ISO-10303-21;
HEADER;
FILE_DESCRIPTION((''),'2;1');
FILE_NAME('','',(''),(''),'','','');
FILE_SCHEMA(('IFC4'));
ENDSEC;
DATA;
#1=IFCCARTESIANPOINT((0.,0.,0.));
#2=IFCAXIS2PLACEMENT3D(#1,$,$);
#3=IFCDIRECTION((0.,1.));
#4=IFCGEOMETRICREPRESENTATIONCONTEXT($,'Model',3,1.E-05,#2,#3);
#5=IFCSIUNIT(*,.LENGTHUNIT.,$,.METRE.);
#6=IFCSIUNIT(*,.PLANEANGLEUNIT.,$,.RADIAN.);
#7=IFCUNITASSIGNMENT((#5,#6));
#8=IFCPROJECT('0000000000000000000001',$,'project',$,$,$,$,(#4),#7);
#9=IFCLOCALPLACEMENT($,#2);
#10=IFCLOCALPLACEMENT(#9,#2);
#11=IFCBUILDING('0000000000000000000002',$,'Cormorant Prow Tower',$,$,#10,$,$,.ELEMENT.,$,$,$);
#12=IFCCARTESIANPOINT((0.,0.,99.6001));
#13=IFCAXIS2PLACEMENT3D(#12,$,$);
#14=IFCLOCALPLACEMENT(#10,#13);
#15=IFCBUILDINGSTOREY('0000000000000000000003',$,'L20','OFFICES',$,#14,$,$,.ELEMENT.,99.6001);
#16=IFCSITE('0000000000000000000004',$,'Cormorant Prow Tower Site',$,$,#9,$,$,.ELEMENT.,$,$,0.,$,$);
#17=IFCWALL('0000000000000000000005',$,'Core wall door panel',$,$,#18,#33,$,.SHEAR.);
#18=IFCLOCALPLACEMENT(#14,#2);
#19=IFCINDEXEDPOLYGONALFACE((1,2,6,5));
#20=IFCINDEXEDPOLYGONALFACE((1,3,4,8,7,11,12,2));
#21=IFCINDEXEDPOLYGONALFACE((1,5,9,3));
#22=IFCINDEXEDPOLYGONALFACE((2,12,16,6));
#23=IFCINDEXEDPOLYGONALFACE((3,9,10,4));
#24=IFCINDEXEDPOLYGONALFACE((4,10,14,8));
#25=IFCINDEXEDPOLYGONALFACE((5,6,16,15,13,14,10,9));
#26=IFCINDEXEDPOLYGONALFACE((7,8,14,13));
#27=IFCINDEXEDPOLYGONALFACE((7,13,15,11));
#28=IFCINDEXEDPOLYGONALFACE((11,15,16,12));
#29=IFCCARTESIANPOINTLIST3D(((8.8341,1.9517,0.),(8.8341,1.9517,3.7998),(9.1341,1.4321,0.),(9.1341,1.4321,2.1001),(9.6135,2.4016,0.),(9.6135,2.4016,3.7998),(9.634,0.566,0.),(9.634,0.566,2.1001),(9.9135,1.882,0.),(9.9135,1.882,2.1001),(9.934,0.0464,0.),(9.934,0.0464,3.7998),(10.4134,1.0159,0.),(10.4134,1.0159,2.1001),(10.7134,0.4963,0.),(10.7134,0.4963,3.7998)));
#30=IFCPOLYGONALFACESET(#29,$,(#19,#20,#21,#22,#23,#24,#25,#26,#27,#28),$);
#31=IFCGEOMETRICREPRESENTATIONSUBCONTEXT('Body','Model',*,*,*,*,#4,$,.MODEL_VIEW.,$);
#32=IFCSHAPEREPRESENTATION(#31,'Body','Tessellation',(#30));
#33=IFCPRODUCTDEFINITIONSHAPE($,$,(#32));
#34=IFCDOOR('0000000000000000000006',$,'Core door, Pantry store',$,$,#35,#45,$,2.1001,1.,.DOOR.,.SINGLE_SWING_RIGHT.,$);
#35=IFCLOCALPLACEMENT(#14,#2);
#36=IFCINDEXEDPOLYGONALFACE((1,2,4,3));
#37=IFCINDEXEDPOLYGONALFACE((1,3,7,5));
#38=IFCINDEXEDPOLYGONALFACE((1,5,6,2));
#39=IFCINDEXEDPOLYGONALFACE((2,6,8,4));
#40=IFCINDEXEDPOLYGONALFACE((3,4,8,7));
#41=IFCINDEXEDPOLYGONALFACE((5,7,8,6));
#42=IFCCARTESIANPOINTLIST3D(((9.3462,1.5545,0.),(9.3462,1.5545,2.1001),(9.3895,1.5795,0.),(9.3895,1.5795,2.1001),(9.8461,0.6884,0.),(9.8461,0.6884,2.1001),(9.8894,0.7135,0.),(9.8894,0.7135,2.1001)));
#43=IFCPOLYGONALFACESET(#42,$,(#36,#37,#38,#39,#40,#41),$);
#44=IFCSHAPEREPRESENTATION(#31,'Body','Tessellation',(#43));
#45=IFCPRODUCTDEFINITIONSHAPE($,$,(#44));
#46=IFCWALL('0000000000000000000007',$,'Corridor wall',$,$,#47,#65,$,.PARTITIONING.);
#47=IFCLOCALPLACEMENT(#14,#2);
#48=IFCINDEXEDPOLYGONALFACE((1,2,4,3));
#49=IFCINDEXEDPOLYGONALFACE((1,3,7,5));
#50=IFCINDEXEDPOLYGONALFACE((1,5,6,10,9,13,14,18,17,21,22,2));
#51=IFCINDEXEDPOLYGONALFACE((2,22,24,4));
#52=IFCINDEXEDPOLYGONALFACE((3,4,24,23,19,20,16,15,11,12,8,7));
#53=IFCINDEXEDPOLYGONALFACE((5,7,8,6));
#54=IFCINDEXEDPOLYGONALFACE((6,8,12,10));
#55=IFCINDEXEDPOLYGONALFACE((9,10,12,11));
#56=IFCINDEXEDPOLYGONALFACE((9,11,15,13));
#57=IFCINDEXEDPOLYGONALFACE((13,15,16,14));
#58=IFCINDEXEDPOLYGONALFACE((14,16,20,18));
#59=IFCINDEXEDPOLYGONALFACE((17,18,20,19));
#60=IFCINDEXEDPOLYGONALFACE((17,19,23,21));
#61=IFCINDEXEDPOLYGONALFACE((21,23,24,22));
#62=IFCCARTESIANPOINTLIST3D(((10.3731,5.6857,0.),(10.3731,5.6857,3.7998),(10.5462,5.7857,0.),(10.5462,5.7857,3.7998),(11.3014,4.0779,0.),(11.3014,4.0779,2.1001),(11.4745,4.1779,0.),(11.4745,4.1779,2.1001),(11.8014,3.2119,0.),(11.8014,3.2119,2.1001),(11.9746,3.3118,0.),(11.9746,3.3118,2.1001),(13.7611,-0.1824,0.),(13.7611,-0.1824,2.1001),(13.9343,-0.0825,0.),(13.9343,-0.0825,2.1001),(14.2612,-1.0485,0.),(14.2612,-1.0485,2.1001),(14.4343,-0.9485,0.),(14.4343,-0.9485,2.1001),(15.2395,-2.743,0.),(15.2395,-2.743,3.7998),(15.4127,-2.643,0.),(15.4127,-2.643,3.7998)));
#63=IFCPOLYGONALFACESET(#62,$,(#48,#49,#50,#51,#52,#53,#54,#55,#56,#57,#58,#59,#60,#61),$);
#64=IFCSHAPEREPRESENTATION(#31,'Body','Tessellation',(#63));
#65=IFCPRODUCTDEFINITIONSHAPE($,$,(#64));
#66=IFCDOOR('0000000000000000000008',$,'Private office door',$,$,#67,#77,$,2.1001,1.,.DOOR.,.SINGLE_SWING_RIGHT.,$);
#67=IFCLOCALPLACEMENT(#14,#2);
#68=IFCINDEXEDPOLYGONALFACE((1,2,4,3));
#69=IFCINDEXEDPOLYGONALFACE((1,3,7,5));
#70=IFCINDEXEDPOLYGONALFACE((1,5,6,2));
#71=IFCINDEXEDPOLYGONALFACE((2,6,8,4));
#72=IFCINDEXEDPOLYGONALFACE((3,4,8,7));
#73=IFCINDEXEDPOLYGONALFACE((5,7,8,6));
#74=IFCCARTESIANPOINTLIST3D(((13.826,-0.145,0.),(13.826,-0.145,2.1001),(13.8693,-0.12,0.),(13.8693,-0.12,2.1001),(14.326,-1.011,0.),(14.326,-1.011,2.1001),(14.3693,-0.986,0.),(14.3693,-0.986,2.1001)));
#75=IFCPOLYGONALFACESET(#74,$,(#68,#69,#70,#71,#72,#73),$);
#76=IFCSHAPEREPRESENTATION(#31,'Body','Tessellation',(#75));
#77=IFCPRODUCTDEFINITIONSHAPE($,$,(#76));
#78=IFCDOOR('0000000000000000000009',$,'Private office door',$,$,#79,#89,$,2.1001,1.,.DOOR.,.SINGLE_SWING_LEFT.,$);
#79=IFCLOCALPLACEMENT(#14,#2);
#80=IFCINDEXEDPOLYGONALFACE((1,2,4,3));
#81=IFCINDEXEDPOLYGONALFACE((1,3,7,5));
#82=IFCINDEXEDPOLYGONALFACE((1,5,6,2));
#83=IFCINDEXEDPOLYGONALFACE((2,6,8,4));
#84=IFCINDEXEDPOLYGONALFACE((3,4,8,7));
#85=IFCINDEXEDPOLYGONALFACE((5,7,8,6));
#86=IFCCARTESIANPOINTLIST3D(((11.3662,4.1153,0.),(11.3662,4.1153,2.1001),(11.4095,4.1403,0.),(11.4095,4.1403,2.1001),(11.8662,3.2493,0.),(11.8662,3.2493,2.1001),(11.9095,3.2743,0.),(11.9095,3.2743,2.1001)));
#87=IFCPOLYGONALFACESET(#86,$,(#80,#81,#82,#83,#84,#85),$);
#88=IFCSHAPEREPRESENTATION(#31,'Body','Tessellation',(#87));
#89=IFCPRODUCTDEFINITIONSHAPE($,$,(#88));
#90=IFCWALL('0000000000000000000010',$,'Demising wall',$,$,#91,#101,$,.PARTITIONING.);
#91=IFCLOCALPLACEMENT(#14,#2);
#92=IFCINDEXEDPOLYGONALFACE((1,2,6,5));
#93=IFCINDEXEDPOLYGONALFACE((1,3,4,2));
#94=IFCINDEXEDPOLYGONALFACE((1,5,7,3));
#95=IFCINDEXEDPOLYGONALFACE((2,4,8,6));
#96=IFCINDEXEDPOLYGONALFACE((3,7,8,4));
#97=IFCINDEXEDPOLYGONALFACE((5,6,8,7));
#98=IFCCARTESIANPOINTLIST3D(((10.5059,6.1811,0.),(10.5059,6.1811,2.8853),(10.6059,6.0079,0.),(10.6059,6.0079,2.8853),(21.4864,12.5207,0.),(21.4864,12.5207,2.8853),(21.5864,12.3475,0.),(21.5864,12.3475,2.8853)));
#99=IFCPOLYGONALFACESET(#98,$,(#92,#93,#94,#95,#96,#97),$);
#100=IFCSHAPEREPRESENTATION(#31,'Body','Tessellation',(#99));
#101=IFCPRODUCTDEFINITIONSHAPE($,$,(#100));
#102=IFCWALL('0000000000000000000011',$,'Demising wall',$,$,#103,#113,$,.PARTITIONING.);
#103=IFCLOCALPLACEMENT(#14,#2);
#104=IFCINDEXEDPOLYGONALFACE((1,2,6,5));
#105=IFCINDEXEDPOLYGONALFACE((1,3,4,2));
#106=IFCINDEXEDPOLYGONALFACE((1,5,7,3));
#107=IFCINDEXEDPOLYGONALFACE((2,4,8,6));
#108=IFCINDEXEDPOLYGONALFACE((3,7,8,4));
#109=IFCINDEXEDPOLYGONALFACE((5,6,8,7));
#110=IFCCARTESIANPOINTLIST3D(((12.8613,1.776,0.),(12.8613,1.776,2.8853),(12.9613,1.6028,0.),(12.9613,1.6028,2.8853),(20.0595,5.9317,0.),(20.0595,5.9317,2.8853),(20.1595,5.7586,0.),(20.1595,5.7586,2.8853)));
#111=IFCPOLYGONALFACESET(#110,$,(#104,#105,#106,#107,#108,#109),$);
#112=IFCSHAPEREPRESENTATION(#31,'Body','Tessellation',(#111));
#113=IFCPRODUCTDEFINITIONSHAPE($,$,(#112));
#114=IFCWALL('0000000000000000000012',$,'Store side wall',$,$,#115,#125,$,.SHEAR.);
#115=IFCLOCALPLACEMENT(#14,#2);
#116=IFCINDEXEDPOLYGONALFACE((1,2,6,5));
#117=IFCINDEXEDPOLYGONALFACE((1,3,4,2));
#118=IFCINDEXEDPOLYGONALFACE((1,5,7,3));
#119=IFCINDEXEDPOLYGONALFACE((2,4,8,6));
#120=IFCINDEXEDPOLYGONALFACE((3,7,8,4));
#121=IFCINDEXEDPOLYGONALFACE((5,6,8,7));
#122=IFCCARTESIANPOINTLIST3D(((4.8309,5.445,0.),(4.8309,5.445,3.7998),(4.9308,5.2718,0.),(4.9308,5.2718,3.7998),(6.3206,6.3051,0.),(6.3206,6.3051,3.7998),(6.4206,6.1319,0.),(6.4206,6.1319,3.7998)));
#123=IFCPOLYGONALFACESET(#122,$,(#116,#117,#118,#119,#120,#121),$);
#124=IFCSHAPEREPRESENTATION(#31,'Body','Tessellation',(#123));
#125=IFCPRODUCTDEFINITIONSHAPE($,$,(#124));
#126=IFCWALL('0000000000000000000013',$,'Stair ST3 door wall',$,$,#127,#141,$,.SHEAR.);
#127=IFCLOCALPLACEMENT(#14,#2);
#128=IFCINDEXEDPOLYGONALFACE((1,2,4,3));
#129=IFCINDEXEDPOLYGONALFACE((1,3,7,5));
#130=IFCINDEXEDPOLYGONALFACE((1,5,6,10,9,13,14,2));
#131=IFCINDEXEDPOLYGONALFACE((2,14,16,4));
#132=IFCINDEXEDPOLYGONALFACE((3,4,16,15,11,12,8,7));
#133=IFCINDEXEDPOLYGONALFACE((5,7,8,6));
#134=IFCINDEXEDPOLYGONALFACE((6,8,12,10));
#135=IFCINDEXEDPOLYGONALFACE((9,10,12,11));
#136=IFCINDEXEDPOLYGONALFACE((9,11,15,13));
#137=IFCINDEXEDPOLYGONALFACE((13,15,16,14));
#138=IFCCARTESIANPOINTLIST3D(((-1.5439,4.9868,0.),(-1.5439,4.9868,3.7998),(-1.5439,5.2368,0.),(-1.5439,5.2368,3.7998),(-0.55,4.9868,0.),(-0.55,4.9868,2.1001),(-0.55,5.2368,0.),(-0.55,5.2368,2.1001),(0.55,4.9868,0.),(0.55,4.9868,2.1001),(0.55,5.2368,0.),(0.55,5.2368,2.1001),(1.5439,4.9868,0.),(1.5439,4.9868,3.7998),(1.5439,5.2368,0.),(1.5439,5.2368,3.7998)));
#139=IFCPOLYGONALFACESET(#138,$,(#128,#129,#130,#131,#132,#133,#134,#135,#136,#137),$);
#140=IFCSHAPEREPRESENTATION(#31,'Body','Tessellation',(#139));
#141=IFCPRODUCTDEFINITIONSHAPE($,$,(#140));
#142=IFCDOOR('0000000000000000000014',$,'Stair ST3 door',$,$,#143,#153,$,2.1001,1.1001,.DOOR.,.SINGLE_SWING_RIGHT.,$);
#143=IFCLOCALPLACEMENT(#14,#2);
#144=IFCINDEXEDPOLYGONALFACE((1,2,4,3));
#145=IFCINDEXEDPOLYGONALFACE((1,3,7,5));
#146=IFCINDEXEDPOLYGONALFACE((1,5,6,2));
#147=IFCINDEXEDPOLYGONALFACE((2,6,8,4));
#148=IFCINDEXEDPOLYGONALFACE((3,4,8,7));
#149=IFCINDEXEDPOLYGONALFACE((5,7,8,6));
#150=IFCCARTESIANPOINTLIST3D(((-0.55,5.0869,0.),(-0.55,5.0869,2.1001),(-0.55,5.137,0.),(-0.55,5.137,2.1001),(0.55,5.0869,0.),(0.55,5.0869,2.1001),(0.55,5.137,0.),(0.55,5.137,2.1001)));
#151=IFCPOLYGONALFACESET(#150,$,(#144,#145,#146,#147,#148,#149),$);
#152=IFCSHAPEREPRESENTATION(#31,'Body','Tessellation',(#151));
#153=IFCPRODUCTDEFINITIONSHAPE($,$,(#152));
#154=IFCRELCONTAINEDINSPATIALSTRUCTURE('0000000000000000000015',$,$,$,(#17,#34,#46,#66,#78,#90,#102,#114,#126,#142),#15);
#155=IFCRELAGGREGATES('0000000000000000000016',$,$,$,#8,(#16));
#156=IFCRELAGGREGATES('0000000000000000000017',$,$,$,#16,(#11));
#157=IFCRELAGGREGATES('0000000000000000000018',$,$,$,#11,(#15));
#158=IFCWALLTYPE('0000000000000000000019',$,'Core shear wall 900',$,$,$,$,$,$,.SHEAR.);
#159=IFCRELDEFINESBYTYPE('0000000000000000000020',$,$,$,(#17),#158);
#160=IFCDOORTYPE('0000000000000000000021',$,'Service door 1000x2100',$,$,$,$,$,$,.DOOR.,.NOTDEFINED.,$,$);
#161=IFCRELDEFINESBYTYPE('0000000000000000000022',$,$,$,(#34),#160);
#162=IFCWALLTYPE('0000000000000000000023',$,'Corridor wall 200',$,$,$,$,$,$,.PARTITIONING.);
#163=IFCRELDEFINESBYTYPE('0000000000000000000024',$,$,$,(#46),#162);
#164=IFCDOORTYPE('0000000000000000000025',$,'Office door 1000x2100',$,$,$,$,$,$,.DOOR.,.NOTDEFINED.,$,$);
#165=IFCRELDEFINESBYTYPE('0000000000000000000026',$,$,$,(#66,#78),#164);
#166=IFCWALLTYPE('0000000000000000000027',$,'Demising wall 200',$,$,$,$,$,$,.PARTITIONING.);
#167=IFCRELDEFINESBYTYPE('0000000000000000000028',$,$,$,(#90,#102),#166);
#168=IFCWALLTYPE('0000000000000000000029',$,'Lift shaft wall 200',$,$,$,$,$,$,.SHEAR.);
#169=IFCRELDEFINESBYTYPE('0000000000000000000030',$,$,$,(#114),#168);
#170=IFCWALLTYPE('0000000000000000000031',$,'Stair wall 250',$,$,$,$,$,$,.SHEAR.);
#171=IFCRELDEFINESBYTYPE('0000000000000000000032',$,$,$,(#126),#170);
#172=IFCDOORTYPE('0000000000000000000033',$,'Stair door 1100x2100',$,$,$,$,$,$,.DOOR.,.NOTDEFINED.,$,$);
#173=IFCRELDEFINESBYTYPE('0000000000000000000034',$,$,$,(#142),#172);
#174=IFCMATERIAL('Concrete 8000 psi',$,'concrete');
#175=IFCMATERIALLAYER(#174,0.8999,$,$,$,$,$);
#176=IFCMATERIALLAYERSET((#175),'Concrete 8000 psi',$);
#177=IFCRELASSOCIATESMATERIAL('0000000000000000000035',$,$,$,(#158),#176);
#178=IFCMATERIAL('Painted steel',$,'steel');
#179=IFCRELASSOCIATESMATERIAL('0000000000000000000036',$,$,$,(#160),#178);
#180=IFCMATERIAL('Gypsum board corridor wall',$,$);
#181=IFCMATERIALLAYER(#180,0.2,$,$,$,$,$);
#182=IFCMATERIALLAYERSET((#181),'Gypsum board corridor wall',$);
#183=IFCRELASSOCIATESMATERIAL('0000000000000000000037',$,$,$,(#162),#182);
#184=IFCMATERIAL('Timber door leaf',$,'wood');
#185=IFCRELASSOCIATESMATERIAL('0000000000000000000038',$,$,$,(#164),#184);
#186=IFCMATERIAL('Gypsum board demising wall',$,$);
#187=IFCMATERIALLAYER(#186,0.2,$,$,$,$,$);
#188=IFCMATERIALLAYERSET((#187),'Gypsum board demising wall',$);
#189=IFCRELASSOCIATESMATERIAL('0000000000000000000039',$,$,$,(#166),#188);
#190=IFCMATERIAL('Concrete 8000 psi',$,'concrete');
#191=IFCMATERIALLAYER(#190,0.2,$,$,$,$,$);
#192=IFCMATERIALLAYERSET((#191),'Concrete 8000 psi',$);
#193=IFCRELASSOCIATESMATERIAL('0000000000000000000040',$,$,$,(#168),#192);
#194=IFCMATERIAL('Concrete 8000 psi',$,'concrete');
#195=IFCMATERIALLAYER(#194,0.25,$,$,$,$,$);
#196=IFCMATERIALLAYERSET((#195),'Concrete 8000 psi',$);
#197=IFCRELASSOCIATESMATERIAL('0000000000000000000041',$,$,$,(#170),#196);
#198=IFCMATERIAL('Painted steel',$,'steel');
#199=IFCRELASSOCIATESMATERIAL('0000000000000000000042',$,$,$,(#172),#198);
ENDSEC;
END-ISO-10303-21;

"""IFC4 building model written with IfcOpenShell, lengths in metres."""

from ifc_helpers import new_model, si_unit, direction, frame, frame_2d, origin, place, context, subcontext, project, spatial, rectangle, extrude, material, layer, layer_set, type_object, element, fill, save


model = new_model("IFC4")

# Units and contexts
model_context = context("Model", 3, precision=1e-05, world=origin(), true_north=direction((0.0, 1.0)))
body_context = subcontext(model_context, "Body", "Model", "MODEL_VIEW")
ifc_project = project(units=[si_unit("LENGTHUNIT", "METRE"), si_unit("PLANEANGLEUNIT", "RADIAN")], contexts=[model_context])

# Site, building, storey
site_placement = place(None, origin())
site = spatial("IfcSite", under=ifc_project, at=site_placement, Name="Cormorant Prow Tower Site", CompositionType="ELEMENT", RefElevation=0.0)
building_placement = place(site_placement, origin())
building = spatial("IfcBuilding", under=site, at=building_placement, Name="Cormorant Prow Tower", CompositionType="ELEMENT")
storey_placement = place(building_placement, frame((0.0, 0.0, 99.6001)))
storey = spatial("IfcBuildingStorey", under=building, at=storey_placement, Name="L20", Description="OFFICES", CompositionType="ELEMENT", Elevation=99.6001)

# Shared definitions
ifc_material_1 = material(Name="Concrete 8000 psi", Category="concrete")
ifc_layer_1 = layer(ifc_material_1, 0.8999)
ifc_layer_set_1 = layer_set([ifc_layer_1], Name="Concrete 8000 psi")
wall_type_1 = type_object("IfcWallType", Name="Core shear wall 900", PredefinedType="SHEAR", material=ifc_layer_set_1)

# Wall, opening, door
wall_1_placement = place(storey_placement, frame((10.3237, 0.2712, 0.0), z_axis=(0.0, 0.0, 1.0), x_axis=(-0.499947, 0.866056, 0.0)))
wall_1 = element("IfcWall", 1, at=wall_1_placement, inside=storey, type_object=wall_type_1, Name="Core wall door panel", PredefinedType="SHEAR", context=body_context, shape_type="SweptSolid", body=[
    extrude(rectangle(XDim=2.2, YDim=0.8999, at=frame_2d((1.1001, 0.0))), origin(), (0.0, 0.0, 1.0), 3.7998),
])
opening_1_placement = place(wall_1_placement, frame((0.6001, 0.0, 0.0)))
opening_1 = element("IfcOpeningElement", 2, at=opening_1_placement, cuts=wall_1, PredefinedType="OPENING", context=body_context, shape_type="SweptSolid", body=[
    extrude(rectangle(XDim=1.0, YDim=2.1001, at=frame_2d((0.5, 1.05))), frame((0.0, 0.46, 0.0), z_axis=(0.0, -1.0, 0.0), x_axis=(1.0, 0.0, 0.0)), (0.0, 0.0, 1.0), 0.9199),
])
ifc_material_2 = material(Name="Painted steel", Category="steel")
door_type_1 = type_object("IfcDoorType", Name="Service door 1000x2100", OperationType="NOTDEFINED", PredefinedType="DOOR", material=ifc_material_2)
door_1_placement = place(opening_1_placement, origin())
door_1 = element("IfcDoor", 3, at=door_1_placement, inside=storey, type_object=door_type_1, Name="Core door, Pantry store", OperationType="SINGLE_SWING_RIGHT", OverallHeight=2.1001, OverallWidth=1.0, PredefinedType="DOOR", context=body_context, shape_type="SweptSolid", body=[
    extrude(rectangle(XDim=1.0, YDim=2.1001, at=frame_2d((0.5, 1.05))), frame((0.0, 0.2051, 0.0), z_axis=(0.0, -1.0, 0.0), x_axis=(1.0, 0.0, 0.0)), (0.0, 0.0, 1.0), 0.05),
])
fill(opening_1, door_1)

# Wall, openings, doors
ifc_material_3 = material(Name="Gypsum board corridor wall")
ifc_layer_2 = layer(ifc_material_3, 0.2)
ifc_layer_set_2 = layer_set([ifc_layer_2], Name="Gypsum board corridor wall")
wall_type_2 = type_object("IfcWallType", Name="Corridor wall 200", PredefinedType="PARTITIONING", material=ifc_layer_set_2)
wall_2_placement = place(storey_placement, frame((10.4597, 5.7356, 0.0), z_axis=(0.0, 0.0, 1.0), x_axis=(0.500011, -0.866019, 0.0)))
wall_2 = element("IfcWall", 4, at=wall_2_placement, inside=storey, type_object=wall_type_2, Name="Corridor wall", PredefinedType="PARTITIONING", context=body_context, shape_type="SweptSolid", body=[
    extrude(rectangle(XDim=9.7327, YDim=0.2, at=frame_2d((4.8662, 0.0))), origin(), (0.0, 0.0, 1.0), 3.7998),
])
opening_2_placement = place(wall_2_placement, frame((6.7759, 0.0, 0.0)))
opening_2 = element("IfcOpeningElement", 5, at=opening_2_placement, cuts=wall_2, PredefinedType="OPENING", context=body_context, shape_type="SweptSolid", body=[
    extrude(rectangle(XDim=1.0, YDim=2.1001, at=frame_2d((0.5, 1.05))), frame((0.0, 0.1099, 0.0), z_axis=(0.0, -1.0, 0.0), x_axis=(1.0, 0.0, 0.0)), (0.0, 0.0, 1.0), 0.22),
])
opening_3_placement = place(wall_2_placement, frame((1.8564, 0.0, 0.0)))
opening_3 = element("IfcOpeningElement", 6, at=opening_3_placement, cuts=wall_2, PredefinedType="OPENING", context=body_context, shape_type="SweptSolid", body=[
    extrude(rectangle(XDim=1.0, YDim=2.1001, at=frame_2d((0.5, 1.05))), frame((0.0, 0.1099, 0.0), z_axis=(0.0, -1.0, 0.0), x_axis=(1.0, 0.0, 0.0)), (0.0, 0.0, 1.0), 0.22),
])
ifc_material_4 = material(Name="Timber door leaf", Category="wood")
door_type_2 = type_object("IfcDoorType", Name="Office door 1000x2100", OperationType="NOTDEFINED", PredefinedType="DOOR", material=ifc_material_4)
door_2_placement = place(opening_2_placement, origin())
door_2 = element("IfcDoor", 7, at=door_2_placement, inside=storey, type_object=door_type_2, Name="Private office door", OperationType="SINGLE_SWING_RIGHT", OverallHeight=2.1001, OverallWidth=1.0, PredefinedType="DOOR", context=body_context, shape_type="SweptSolid", body=[
    extrude(rectangle(XDim=1.0, YDim=2.1001, at=frame_2d((0.5, 1.05))), frame((0.0, 0.0249, 0.0), z_axis=(0.0, -1.0, 0.0), x_axis=(1.0, 0.0, 0.0)), (0.0, 0.0, 1.0), 0.05),
])
fill(opening_2, door_2)
door_3_placement = place(opening_3_placement, origin())
door_3 = element("IfcDoor", 8, at=door_3_placement, inside=storey, type_object=door_type_2, Name="Private office door", OperationType="SINGLE_SWING_LEFT", OverallHeight=2.1001, OverallWidth=1.0, PredefinedType="DOOR", context=body_context, shape_type="SweptSolid", body=[
    extrude(rectangle(XDim=1.0, YDim=2.1001, at=frame_2d((0.5, 1.05))), frame((0.0, 0.0249, 0.0), z_axis=(0.0, -1.0, 0.0), x_axis=(1.0, 0.0, 0.0)), (0.0, 0.0, 1.0), 0.05),
])
fill(opening_3, door_3)

# Walls
ifc_material_5 = material(Name="Gypsum board demising wall")
ifc_layer_3 = layer(ifc_material_5, 0.2)
ifc_layer_set_3 = layer_set([ifc_layer_3], Name="Gypsum board demising wall")
wall_type_3 = type_object("IfcWallType", Name="Demising wall 200", PredefinedType="PARTITIONING", material=ifc_layer_set_3)
wall_3_placement = place(storey_placement, frame((10.5559, 6.0945, 0.0), z_axis=(0.0, 0.0, 1.0), x_axis=(0.866025, 0.500001, 0.0)))
element("IfcWall", 9, at=wall_3_placement, inside=storey, type_object=wall_type_3, Name="Demising wall", PredefinedType="PARTITIONING", context=body_context, shape_type="SweptSolid", body=[
    extrude(rectangle(XDim=12.6792, YDim=0.2, at=frame_2d((6.3396, 0.0))), origin(), (0.0, 0.0, 1.0), 2.8853),
])
wall_4_placement = place(storey_placement, frame((12.9114, 1.6895, 0.0), z_axis=(0.0, 0.0, 1.0), x_axis=(0.866033, 0.499987, 0.0)))
element("IfcWall", 10, at=wall_4_placement, inside=storey, type_object=wall_type_3, Name="Demising wall", PredefinedType="PARTITIONING", context=body_context, shape_type="SweptSolid", body=[
    extrude(rectangle(XDim=8.3118, YDim=0.2, at=frame_2d((4.1558, 0.0))), origin(), (0.0, 0.0, 1.0), 2.8853),
])
ifc_material_6 = material(Name="Concrete 8000 psi", Category="concrete")
ifc_layer_4 = layer(ifc_material_6, 0.2)
ifc_layer_set_4 = layer_set([ifc_layer_4], Name="Concrete 8000 psi")
wall_type_4 = type_object("IfcWallType", Name="Lift shaft wall 200", PredefinedType="SHEAR", material=ifc_layer_set_4)
wall_5_placement = place(storey_placement, frame((4.8809, 5.3584, 0.0), z_axis=(0.0, 0.0, 1.0), x_axis=(0.866025, 0.500001, 0.0)))
element("IfcWall", 11, at=wall_5_placement, inside=storey, type_object=wall_type_4, Name="Store side wall", PredefinedType="SHEAR", context=body_context, shape_type="SweptSolid", body=[
    extrude(rectangle(XDim=1.7202, YDim=0.2, at=frame_2d((0.8601, 0.0))), origin(), (0.0, 0.0, 1.0), 3.7998),
])

# Wall, opening, door
ifc_material_7 = material(Name="Concrete 8000 psi", Category="concrete")
ifc_layer_5 = layer(ifc_material_7, 0.25)
ifc_layer_set_5 = layer_set([ifc_layer_5], Name="Concrete 8000 psi")
wall_type_5 = type_object("IfcWallType", Name="Stair wall 250", PredefinedType="SHEAR", material=ifc_layer_set_5)
wall_6_placement = place(storey_placement, frame((1.5439, 5.1118, 0.0), z_axis=(0.0, 0.0, 1.0), x_axis=(-1.0, 0.0, 0.0)))
wall_6 = element("IfcWall", 12, at=wall_6_placement, inside=storey, type_object=wall_type_5, Name="Stair ST3 door wall", PredefinedType="SHEAR", context=body_context, shape_type="SweptSolid", body=[
    extrude(rectangle(XDim=3.0879, YDim=0.25, at=frame_2d((1.5439, 0.0))), origin(), (0.0, 0.0, 1.0), 3.7998),
])
opening_4_placement = place(wall_6_placement, frame((0.9939, 0.0, 0.0)))
opening_4 = element("IfcOpeningElement", 13, at=opening_4_placement, cuts=wall_6, PredefinedType="OPENING", context=body_context, shape_type="SweptSolid", body=[
    extrude(rectangle(XDim=1.1001, YDim=2.1001, at=frame_2d((0.55, 1.05))), frame((0.0, 0.135, 0.0), z_axis=(0.0, -1.0, 0.0), x_axis=(1.0, 0.0, 0.0)), (0.0, 0.0, 1.0), 0.27),
])
ifc_material_8 = material(Name="Painted steel", Category="steel")
door_type_3 = type_object("IfcDoorType", Name="Stair door 1100x2100", OperationType="NOTDEFINED", PredefinedType="DOOR", material=ifc_material_8)
door_4_placement = place(opening_4_placement, origin())
door_4 = element("IfcDoor", 14, at=door_4_placement, inside=storey, type_object=door_type_3, Name="Stair ST3 door", OperationType="SINGLE_SWING_RIGHT", OverallHeight=2.1001, OverallWidth=1.1001, PredefinedType="DOOR", context=body_context, shape_type="SweptSolid", body=[
    extrude(rectangle(XDim=1.1001, YDim=2.1001, at=frame_2d((0.55, 1.05))), frame((0.0, 0.0249, 0.0), z_axis=(0.0, -1.0, 0.0), x_axis=(1.0, 0.0, 0.0)), (0.0, 0.0, 1.0), 0.05),
])
fill(opening_4, door_4)

save(model, "model.ifc")
